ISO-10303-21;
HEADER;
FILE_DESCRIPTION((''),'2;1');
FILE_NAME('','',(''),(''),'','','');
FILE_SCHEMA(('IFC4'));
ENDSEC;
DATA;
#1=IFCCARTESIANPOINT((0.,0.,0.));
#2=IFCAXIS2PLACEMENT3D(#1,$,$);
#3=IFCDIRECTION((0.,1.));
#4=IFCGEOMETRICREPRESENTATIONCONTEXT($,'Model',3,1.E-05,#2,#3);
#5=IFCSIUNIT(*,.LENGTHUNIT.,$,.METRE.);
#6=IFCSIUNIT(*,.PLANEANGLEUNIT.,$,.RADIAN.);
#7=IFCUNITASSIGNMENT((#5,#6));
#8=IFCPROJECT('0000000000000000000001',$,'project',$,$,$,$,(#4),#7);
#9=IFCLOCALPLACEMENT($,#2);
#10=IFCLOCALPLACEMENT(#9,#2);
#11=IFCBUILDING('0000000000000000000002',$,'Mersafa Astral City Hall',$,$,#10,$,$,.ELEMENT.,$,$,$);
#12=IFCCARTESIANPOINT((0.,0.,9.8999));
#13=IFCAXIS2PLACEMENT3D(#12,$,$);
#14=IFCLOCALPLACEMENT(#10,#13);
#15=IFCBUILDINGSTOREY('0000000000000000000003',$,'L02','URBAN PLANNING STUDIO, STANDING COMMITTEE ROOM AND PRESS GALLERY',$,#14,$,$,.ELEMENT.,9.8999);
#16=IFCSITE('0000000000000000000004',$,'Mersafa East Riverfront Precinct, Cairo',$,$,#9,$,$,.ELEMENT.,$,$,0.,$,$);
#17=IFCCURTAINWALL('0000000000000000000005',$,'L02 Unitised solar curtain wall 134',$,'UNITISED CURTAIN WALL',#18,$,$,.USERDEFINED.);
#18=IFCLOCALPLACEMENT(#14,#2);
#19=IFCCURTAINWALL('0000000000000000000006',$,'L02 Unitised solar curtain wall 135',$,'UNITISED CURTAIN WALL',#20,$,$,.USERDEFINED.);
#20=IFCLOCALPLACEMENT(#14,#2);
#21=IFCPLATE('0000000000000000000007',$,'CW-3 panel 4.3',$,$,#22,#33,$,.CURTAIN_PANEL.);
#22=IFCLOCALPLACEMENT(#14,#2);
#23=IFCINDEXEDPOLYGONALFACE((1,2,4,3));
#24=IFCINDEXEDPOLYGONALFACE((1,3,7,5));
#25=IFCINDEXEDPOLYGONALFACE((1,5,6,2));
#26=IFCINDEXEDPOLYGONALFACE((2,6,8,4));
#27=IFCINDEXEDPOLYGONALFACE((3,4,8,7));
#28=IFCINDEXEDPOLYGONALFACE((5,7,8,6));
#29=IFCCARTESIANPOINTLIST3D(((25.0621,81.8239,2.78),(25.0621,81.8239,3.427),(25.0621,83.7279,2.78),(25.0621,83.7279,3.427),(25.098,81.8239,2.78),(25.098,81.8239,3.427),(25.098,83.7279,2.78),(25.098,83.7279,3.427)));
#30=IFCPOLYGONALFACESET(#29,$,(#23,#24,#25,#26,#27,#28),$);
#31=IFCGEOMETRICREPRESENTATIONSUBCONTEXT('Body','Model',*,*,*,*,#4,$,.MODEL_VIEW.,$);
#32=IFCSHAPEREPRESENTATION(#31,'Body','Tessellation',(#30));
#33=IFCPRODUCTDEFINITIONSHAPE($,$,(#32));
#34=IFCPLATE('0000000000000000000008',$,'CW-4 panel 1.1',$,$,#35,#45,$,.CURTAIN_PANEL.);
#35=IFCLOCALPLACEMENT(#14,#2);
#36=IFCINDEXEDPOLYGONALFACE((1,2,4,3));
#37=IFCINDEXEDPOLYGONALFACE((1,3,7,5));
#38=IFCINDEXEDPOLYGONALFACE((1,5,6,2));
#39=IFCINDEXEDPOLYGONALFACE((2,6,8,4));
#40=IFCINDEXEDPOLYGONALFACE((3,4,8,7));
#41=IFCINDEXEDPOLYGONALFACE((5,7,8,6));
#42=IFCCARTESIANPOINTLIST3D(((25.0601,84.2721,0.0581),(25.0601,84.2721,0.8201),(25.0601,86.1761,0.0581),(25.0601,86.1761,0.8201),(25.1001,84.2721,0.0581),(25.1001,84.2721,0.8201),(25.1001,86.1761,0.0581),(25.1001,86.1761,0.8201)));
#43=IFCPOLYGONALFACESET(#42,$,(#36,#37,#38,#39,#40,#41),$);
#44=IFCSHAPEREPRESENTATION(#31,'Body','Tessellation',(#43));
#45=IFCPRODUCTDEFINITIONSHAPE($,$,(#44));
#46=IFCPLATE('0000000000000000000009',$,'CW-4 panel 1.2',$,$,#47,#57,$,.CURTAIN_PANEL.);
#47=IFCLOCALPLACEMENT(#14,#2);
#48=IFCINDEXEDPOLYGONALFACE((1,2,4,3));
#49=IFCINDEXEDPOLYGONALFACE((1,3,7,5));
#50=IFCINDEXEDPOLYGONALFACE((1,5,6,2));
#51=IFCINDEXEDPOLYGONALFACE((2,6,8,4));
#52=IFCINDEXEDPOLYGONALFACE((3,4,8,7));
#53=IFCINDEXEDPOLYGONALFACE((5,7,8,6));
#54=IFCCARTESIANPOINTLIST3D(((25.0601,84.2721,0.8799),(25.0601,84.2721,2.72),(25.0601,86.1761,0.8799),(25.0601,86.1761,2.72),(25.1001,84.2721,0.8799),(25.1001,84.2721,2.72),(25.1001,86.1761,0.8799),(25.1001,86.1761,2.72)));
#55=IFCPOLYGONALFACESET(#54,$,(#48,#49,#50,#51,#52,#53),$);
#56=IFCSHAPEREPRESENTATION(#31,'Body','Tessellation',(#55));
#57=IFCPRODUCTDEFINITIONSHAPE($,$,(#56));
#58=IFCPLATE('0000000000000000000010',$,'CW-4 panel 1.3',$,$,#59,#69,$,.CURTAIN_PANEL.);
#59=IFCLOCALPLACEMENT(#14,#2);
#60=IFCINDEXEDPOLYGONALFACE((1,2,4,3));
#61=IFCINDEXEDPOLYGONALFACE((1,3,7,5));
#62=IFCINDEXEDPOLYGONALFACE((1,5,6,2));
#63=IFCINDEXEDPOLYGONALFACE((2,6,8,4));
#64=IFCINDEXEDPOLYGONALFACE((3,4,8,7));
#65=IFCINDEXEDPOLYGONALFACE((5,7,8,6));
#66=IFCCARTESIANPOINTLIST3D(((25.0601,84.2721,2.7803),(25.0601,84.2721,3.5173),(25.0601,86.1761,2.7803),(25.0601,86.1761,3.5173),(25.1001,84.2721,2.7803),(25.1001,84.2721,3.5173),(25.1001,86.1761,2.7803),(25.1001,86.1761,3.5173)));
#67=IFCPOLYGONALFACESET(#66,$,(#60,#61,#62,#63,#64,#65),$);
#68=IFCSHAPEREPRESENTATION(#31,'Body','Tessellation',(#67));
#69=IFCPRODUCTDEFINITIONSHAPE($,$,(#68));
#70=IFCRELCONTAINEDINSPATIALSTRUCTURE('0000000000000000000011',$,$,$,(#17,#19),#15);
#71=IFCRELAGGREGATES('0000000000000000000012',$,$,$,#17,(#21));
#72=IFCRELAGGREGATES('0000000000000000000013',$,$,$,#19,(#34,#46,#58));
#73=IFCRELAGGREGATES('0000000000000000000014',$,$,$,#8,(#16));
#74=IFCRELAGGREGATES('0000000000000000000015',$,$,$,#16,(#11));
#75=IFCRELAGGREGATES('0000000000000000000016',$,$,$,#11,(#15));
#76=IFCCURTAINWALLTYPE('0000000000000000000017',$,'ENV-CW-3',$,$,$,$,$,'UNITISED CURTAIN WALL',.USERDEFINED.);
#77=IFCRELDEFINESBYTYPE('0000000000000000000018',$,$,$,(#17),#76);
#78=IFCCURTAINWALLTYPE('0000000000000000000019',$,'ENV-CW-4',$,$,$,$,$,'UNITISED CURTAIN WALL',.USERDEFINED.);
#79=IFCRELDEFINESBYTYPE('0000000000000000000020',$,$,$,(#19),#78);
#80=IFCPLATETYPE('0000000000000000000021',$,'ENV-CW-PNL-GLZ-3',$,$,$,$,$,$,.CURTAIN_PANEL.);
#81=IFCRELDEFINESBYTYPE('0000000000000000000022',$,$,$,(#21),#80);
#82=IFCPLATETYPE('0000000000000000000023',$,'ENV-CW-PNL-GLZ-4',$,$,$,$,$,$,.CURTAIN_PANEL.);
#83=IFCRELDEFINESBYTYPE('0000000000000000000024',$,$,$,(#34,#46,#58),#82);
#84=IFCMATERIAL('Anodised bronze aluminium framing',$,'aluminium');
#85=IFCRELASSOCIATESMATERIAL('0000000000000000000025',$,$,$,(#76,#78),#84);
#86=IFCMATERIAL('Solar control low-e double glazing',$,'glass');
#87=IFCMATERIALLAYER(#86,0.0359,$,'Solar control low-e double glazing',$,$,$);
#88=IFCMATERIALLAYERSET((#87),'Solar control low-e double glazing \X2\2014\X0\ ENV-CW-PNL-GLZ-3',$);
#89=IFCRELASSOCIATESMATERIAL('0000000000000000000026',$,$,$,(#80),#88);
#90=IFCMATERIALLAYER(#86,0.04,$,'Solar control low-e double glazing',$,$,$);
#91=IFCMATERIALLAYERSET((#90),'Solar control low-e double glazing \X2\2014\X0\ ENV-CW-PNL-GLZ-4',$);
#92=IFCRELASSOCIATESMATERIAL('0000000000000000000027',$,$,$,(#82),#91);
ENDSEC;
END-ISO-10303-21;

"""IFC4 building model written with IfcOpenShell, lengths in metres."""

from ifc_helpers import new_model, si_unit, direction, frame, origin, origin_2d, place, context, subcontext, project, spatial, rectangle, extrude, material, layer, layer_set, type_object, element, aggregate, save


model = new_model("IFC4")

# Units and contexts
model_context = context("Model", 3, precision=1e-05, world=origin(), true_north=direction((0.0, 1.0)))
body_context = subcontext(model_context, "Body", "Model", "MODEL_VIEW")
ifc_project = project(units=[si_unit("LENGTHUNIT", "METRE"), si_unit("PLANEANGLEUNIT", "RADIAN")], contexts=[model_context])

# Site, building, storey
site_placement = place(None, origin())
site = spatial("IfcSite", under=ifc_project, at=site_placement, Name="Mersafa East Riverfront Precinct, Cairo", CompositionType="ELEMENT", RefElevation=0.0)
building_placement = place(site_placement, origin())
building = spatial("IfcBuilding", under=site, at=building_placement, Name="Mersafa Astral City Hall", CompositionType="ELEMENT")
storey_placement = place(building_placement, frame((0.0, 0.0, 9.8999)))
storey = spatial("IfcBuildingStorey", under=building, at=storey_placement, Name="L02", Description="URBAN PLANNING STUDIO, STANDING COMMITTEE ROOM AND PRESS GALLERY", CompositionType="ELEMENT", Elevation=9.8999)

# Curtain walls
ifc_material_1 = material(Name="Anodised bronze aluminium framing", Category="aluminium")
curtain_wall_type_1 = type_object("IfcCurtainWallType", Name="ENV-CW-3", ElementType="UNITISED CURTAIN WALL", PredefinedType="USERDEFINED", material=ifc_material_1)
curtain_wall_1_placement = place(storey_placement, origin())
curtain_wall_1 = element("IfcCurtainWall", 1, at=curtain_wall_1_placement, inside=storey, type_object=curtain_wall_type_1, Name="L02 Unitised solar curtain wall 134", ObjectType="UNITISED CURTAIN WALL", PredefinedType="USERDEFINED")
curtain_wall_type_2 = type_object("IfcCurtainWallType", Name="ENV-CW-4", ElementType="UNITISED CURTAIN WALL", PredefinedType="USERDEFINED", material=ifc_material_1)
curtain_wall_2_placement = place(storey_placement, origin())
curtain_wall_2 = element("IfcCurtainWall", 2, at=curtain_wall_2_placement, inside=storey, type_object=curtain_wall_type_2, Name="L02 Unitised solar curtain wall 135", ObjectType="UNITISED CURTAIN WALL", PredefinedType="USERDEFINED")

# Plates
ifc_material_2 = material(Name="Solar control low-e double glazing", Category="glass")
ifc_layer_1 = layer(ifc_material_2, 0.0359, Name="Solar control low-e double glazing")
ifc_layer_set_1 = layer_set([ifc_layer_1], Name="Solar control low-e double glazing — ENV-CW-PNL-GLZ-3")
plate_type_1 = type_object("IfcPlateType", Name="ENV-CW-PNL-GLZ-3", PredefinedType="CURTAIN_PANEL", material=ifc_layer_set_1)
plate_1_placement = place(storey_placement, frame((25.0801, 82.7759, 2.78), z_axis=(0.0, 0.0, 1.0), x_axis=(0.0, 1.0, 0.0)))
plate_1 = element("IfcPlate", 3, at=plate_1_placement, type_object=plate_type_1, Name="CW-3 panel 4.3", PredefinedType="CURTAIN_PANEL", context=body_context, shape_type="SweptSolid", body=[
    extrude(rectangle(XDim=1.9041, YDim=0.0359, at=origin_2d()), origin(), (0.0, 0.0, 1.0), 0.647),
])
aggregate(curtain_wall_1, [plate_1])
ifc_layer_2 = layer(ifc_material_2, 0.04, Name="Solar control low-e double glazing")
ifc_layer_set_2 = layer_set([ifc_layer_2], Name="Solar control low-e double glazing — ENV-CW-PNL-GLZ-4")
plate_type_2 = type_object("IfcPlateType", Name="ENV-CW-PNL-GLZ-4", PredefinedType="CURTAIN_PANEL", material=ifc_layer_set_2)
plate_2_placement = place(storey_placement, frame((25.0801, 85.2241, 0.0581), z_axis=(0.0, 0.0, 1.0), x_axis=(0.0, 1.0, 0.0)))
plate_2 = element("IfcPlate", 4, at=plate_2_placement, type_object=plate_type_2, Name="CW-4 panel 1.1", PredefinedType="CURTAIN_PANEL", context=body_context, shape_type="SweptSolid", body=[
    extrude(rectangle(XDim=1.9041, YDim=0.04, at=origin_2d()), origin(), (0.0, 0.0, 1.0), 0.762),
])
plate_3_placement = place(storey_placement, frame((25.0801, 85.2241, 0.8799), z_axis=(0.0, 0.0, 1.0), x_axis=(0.0, 1.0, 0.0)))
plate_3 = element("IfcPlate", 5, at=plate_3_placement, type_object=plate_type_2, Name="CW-4 panel 1.2", PredefinedType="CURTAIN_PANEL", context=body_context, shape_type="SweptSolid", body=[
    extrude(rectangle(XDim=1.9041, YDim=0.04, at=origin_2d()), origin(), (0.0, 0.0, 1.0), 1.8401),
])
plate_4_placement = place(storey_placement, frame((25.0801, 85.2241, 2.7803), z_axis=(0.0, 0.0, 1.0), x_axis=(0.0, 1.0, 0.0)))
plate_4 = element("IfcPlate", 6, at=plate_4_placement, type_object=plate_type_2, Name="CW-4 panel 1.3", PredefinedType="CURTAIN_PANEL", context=body_context, shape_type="SweptSolid", body=[
    extrude(rectangle(XDim=1.9041, YDim=0.04, at=origin_2d()), origin(), (0.0, 0.0, 1.0), 0.7371),
])
aggregate(curtain_wall_2, [plate_2, plate_3, plate_4])

save(model, "model.ifc")
